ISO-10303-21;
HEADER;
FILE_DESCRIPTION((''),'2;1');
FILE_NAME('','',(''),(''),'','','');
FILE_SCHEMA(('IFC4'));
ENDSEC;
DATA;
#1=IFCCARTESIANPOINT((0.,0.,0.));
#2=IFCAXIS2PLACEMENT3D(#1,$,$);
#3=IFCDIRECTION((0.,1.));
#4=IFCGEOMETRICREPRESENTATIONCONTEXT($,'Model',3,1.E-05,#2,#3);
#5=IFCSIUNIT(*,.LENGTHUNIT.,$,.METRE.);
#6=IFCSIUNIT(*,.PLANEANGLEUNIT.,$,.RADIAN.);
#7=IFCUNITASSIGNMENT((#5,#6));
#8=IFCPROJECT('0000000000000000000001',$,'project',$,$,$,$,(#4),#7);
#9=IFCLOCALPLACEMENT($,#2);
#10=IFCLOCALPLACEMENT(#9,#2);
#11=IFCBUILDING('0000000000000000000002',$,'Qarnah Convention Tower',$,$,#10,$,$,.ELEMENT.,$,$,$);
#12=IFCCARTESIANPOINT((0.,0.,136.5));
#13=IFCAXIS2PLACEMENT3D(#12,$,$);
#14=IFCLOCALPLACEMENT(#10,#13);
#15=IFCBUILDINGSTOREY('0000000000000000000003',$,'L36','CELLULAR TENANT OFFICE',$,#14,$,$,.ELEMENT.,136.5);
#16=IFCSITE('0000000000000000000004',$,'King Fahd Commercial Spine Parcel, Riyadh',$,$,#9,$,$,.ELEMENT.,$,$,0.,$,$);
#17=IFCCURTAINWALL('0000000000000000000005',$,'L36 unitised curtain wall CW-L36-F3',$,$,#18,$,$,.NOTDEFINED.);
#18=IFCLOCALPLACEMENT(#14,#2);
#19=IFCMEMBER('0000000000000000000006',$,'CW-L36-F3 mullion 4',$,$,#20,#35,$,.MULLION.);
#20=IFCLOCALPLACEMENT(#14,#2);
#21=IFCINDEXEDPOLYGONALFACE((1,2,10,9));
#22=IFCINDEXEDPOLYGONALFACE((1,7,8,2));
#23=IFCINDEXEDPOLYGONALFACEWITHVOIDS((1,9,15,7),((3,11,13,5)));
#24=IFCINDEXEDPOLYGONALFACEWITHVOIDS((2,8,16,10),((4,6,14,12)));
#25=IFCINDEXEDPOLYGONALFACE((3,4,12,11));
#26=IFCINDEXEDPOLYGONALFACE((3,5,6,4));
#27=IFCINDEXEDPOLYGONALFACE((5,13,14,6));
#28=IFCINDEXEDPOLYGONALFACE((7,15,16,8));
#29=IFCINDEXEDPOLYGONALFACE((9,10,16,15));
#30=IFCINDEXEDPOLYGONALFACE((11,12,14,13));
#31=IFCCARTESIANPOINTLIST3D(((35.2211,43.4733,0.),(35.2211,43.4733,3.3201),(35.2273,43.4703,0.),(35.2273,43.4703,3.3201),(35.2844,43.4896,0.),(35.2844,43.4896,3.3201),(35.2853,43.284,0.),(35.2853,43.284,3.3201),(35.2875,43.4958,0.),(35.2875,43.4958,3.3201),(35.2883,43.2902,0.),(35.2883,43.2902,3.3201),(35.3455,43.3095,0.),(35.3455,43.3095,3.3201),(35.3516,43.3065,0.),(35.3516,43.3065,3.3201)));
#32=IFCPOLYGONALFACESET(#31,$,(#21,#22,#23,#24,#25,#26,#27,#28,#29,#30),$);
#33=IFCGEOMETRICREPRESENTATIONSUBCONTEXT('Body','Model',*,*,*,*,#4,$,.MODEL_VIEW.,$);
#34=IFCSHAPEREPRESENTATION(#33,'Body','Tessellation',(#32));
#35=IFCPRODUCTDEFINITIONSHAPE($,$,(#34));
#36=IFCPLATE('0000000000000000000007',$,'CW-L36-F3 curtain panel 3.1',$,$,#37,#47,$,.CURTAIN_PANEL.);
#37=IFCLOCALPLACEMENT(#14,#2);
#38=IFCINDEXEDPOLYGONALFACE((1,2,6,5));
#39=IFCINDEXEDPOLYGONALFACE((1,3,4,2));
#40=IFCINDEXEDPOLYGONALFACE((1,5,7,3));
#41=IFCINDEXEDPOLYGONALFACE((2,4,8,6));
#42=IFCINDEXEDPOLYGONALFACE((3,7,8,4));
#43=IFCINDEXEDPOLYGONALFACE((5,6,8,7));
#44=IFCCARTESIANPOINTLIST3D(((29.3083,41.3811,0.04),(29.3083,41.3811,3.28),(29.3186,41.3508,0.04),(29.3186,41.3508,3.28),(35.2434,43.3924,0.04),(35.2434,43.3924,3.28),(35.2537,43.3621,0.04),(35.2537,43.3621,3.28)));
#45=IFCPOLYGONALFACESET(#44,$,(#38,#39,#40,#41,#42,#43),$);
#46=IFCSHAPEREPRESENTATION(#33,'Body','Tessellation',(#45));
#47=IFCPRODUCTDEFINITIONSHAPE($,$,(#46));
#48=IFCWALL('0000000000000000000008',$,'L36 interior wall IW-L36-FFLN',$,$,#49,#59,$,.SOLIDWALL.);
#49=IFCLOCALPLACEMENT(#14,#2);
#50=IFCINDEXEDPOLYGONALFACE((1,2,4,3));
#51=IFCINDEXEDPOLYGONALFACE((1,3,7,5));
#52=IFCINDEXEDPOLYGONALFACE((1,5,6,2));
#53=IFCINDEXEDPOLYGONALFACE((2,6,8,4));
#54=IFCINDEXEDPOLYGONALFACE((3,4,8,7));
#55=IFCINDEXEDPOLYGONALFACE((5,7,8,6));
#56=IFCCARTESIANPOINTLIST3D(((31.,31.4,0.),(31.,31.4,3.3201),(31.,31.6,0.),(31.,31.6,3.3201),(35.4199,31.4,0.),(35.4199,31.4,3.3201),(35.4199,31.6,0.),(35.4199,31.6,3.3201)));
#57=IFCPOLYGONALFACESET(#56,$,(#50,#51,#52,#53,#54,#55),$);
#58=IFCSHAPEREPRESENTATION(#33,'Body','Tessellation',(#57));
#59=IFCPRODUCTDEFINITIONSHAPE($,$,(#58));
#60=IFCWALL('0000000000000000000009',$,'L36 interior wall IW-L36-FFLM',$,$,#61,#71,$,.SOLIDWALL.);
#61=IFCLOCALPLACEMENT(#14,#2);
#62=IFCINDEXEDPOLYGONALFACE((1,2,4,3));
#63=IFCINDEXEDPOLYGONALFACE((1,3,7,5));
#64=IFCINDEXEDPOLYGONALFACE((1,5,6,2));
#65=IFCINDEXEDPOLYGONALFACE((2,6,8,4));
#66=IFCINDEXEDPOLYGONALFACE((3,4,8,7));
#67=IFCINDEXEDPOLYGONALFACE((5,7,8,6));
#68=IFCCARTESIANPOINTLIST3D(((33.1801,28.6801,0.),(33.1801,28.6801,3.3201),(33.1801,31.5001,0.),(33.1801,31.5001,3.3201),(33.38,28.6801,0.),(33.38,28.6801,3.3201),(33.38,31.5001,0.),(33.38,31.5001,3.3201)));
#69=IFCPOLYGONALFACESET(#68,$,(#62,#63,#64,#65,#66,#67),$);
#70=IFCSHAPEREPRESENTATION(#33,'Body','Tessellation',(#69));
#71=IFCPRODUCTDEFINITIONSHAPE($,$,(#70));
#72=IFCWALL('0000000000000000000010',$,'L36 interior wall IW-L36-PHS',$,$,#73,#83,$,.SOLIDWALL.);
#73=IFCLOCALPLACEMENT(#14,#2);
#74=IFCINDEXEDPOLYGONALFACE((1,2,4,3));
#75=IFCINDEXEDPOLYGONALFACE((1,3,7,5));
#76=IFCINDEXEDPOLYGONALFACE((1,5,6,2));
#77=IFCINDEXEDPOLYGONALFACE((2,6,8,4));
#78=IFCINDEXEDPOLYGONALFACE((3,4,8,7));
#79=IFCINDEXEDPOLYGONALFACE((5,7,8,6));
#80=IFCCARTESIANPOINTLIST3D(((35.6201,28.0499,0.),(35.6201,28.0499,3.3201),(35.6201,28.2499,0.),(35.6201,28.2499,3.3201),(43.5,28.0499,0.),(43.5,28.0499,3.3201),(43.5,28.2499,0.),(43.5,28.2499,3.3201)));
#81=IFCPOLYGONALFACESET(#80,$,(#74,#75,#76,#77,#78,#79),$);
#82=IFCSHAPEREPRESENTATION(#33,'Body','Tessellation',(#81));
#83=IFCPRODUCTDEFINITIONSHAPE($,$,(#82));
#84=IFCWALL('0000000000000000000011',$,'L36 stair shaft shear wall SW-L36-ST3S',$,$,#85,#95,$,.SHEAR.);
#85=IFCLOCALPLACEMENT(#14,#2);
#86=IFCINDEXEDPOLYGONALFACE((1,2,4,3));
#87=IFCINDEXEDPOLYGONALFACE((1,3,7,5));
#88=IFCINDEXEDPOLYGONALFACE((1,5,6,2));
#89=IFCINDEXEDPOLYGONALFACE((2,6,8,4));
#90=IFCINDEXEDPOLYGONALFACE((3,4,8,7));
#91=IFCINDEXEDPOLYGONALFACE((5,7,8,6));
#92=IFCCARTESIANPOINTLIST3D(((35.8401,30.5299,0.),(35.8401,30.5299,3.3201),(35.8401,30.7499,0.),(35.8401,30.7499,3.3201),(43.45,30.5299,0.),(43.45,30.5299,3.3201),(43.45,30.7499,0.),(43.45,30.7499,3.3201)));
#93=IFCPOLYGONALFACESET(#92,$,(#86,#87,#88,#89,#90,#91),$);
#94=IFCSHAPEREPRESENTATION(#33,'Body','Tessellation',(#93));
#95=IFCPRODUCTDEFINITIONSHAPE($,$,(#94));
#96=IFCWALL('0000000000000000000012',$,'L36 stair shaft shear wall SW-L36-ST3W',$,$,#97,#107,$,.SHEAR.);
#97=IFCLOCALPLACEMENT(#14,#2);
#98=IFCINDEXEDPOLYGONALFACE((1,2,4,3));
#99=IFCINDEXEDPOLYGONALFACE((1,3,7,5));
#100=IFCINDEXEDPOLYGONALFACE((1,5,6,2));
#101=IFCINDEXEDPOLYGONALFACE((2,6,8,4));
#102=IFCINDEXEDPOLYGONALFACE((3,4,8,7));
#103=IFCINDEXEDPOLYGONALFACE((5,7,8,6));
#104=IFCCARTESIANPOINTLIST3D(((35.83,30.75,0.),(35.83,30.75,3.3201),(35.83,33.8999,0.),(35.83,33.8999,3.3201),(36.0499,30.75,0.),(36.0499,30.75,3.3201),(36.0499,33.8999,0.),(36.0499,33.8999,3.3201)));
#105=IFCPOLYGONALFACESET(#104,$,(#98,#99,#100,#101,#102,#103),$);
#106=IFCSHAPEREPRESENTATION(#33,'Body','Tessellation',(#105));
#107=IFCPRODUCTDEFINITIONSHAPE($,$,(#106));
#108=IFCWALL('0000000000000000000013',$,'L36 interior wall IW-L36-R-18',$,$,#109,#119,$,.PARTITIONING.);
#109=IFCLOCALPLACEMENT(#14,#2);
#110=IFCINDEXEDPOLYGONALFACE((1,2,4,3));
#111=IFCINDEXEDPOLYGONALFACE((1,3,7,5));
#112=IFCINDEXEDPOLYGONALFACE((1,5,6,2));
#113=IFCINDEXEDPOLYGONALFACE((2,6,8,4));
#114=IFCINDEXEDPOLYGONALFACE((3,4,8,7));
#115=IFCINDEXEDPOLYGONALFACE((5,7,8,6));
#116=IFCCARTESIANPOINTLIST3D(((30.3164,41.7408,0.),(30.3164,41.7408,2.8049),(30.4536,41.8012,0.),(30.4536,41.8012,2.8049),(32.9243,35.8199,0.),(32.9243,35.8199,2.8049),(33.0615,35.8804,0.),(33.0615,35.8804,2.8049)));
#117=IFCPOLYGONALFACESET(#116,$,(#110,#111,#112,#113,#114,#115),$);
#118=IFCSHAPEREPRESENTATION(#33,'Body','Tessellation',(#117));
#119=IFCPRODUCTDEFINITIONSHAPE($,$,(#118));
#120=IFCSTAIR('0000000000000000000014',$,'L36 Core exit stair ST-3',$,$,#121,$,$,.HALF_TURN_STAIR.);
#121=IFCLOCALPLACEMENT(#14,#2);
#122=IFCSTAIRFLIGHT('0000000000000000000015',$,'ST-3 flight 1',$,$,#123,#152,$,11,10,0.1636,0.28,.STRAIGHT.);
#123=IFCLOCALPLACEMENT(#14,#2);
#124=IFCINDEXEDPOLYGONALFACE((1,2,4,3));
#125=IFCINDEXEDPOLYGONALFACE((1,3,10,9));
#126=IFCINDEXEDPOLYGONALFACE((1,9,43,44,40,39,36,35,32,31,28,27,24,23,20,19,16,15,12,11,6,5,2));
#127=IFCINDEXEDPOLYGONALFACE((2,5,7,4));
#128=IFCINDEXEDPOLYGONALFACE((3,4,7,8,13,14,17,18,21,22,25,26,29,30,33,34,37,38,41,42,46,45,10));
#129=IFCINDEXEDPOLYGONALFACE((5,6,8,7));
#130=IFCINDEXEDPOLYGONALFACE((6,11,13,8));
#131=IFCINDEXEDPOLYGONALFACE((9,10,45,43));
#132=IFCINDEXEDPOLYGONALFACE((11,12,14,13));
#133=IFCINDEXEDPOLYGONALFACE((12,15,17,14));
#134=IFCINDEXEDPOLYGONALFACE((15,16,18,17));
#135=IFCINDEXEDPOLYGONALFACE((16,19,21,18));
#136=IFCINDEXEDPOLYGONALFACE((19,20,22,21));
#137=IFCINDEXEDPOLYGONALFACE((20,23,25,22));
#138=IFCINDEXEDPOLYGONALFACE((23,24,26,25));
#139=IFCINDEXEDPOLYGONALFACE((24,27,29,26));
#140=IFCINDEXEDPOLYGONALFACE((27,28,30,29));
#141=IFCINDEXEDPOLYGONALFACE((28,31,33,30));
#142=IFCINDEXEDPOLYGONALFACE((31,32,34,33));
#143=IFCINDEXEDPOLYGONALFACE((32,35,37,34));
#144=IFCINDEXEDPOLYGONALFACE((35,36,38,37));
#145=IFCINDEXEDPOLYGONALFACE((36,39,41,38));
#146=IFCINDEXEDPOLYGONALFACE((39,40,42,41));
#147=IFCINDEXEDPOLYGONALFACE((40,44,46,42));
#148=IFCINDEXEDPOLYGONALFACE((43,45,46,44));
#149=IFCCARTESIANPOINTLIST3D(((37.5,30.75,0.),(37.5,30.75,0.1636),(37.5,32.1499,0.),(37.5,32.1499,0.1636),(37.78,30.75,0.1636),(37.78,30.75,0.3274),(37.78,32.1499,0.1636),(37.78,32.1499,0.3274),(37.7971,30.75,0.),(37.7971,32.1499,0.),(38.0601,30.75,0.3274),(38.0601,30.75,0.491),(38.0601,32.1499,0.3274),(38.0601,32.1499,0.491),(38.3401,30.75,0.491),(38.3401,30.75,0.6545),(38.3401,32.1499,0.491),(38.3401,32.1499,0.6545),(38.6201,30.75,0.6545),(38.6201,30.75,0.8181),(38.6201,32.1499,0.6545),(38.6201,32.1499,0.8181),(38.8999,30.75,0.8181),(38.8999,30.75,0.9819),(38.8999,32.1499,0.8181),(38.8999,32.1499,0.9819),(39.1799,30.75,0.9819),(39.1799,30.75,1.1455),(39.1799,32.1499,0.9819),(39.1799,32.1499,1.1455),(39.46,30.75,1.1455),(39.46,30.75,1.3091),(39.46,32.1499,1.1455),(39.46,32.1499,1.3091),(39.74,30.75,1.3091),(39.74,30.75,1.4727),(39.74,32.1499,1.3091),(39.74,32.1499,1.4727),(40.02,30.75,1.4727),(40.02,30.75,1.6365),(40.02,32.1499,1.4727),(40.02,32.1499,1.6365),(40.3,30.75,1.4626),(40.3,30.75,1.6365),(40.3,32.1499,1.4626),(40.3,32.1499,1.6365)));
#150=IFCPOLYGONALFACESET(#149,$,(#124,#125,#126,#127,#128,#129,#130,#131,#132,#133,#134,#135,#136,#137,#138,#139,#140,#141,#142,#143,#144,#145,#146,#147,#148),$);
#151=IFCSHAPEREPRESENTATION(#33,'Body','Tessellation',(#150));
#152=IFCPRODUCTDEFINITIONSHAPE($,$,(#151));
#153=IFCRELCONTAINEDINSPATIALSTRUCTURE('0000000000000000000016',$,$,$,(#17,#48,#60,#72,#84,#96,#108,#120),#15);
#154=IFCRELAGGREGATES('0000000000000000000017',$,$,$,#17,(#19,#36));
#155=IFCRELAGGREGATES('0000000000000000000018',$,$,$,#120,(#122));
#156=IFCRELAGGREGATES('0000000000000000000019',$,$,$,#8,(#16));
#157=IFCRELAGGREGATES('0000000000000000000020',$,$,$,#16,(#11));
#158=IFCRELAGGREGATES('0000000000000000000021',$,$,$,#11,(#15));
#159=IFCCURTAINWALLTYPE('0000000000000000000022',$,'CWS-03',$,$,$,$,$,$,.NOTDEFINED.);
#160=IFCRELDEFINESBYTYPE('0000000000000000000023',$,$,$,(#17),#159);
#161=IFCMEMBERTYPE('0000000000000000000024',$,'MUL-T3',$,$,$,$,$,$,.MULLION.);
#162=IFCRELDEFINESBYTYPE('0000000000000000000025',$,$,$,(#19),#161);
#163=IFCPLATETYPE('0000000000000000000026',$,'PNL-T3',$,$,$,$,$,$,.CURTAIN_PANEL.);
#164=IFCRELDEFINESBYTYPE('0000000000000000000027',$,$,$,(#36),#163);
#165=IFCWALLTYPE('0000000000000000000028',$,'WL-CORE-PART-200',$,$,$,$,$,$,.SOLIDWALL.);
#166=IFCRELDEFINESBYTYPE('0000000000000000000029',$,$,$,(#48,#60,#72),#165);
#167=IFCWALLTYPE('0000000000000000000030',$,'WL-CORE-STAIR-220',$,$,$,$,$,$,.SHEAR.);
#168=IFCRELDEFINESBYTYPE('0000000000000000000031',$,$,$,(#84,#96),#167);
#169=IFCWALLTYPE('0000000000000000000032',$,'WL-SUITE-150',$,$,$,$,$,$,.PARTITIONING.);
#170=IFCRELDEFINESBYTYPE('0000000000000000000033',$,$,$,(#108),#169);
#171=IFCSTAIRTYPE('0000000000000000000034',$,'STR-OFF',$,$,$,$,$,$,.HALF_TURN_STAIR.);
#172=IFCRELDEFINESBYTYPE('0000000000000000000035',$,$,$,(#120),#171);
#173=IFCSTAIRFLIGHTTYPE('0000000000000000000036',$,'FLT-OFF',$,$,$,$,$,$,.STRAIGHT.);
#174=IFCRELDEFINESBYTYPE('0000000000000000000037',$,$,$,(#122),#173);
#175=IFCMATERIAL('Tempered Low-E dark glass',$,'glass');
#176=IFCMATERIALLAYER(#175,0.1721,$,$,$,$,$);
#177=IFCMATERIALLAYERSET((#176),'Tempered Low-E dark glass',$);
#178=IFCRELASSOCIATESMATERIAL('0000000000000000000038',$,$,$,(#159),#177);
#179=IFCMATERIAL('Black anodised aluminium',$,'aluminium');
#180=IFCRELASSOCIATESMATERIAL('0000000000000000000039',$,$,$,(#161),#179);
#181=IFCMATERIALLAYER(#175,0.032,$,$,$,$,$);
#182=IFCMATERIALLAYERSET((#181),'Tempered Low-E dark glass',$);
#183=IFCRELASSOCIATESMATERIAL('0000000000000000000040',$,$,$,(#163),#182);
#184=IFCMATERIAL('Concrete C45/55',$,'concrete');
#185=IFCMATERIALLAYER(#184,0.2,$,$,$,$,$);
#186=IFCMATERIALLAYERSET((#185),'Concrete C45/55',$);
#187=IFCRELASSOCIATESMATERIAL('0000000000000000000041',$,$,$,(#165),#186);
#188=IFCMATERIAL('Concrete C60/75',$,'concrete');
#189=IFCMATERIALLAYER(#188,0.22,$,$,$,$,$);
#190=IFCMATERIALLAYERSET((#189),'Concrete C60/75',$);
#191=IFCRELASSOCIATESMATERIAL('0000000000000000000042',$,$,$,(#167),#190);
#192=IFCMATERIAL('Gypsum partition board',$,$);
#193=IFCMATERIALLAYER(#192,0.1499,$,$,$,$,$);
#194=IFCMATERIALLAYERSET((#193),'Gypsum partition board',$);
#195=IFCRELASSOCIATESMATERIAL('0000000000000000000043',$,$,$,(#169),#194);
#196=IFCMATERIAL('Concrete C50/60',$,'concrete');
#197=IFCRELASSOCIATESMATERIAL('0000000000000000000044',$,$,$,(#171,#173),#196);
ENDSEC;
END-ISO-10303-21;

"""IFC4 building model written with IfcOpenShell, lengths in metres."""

from ifc_helpers import new_model, si_unit, direction, frame, frame_2d, origin, origin_2d, place, context, subcontext, project, spatial, polyline, rectangle, hollow_rectangle, outline, extrude, material, layer, layer_set, material_profile, profile_set, type_object, element, aggregate, save


model = new_model("IFC4")

# Units and contexts
model_context = context("Model", 3, precision=1e-05, world=origin(), true_north=direction((0.0, 1.0)))
body_context = subcontext(model_context, "Body", "Model", "MODEL_VIEW")
ifc_project = project(units=[si_unit("LENGTHUNIT", "METRE"), si_unit("PLANEANGLEUNIT", "RADIAN")], contexts=[model_context])

# Site, building, storey
site_placement = place(None, origin())
site = spatial("IfcSite", under=ifc_project, at=site_placement, Name="King Fahd Commercial Spine Parcel, Riyadh", CompositionType="ELEMENT", RefElevation=0.0)
building_placement = place(site_placement, origin())
building = spatial("IfcBuilding", under=site, at=building_placement, Name="Qarnah Convention Tower", CompositionType="ELEMENT")
storey_placement = place(building_placement, frame((0.0, 0.0, 136.5)))
storey = spatial("IfcBuildingStorey", under=building, at=storey_placement, Name="L36", Description="CELLULAR TENANT OFFICE", CompositionType="ELEMENT", Elevation=136.5)

# Shared definitions
ifc_material_1 = material(Name="Concrete C60/75", Category="concrete")

# Curtain wall, member, plate
ifc_material_2 = material(Name="Tempered Low-E dark glass", Category="glass")
ifc_layer_1 = layer(ifc_material_2, 0.1721)
ifc_layer_set_1 = layer_set([ifc_layer_1], Name="Tempered Low-E dark glass")
curtain_wall_type = type_object("IfcCurtainWallType", Name="CWS-03", PredefinedType="NOTDEFINED", material=ifc_layer_set_1)
curtain_wall_placement = place(storey_placement, origin())
curtain_wall = element("IfcCurtainWall", 1, at=curtain_wall_placement, inside=storey, type_object=curtain_wall_type, Name="L36 unitised curtain wall CW-L36-F3", PredefinedType="NOTDEFINED")
ifc_material_3 = material(Name="Black anodised aluminium", Category="aluminium")
ifc_material_profile_1 = material_profile(ifc_material_3, hollow_rectangle(XDim=0.0701, YDim=0.2, WallThickness=0.0049, at=origin_2d()), Name="MUL-70X200")
ifc_profile_set_1 = profile_set([ifc_material_profile_1], Name="Black anodised aluminium")
member_type = type_object("IfcMemberType", Name="MUL-T3", PredefinedType="MULLION", material=ifc_profile_set_1)
member_1_placement = place(storey_placement, frame((35.2864, 43.3899, 0.0), z_axis=(0.0, 0.0, 1.0), x_axis=(0.947093, 0.32096, 0.0)))
member_1 = element("IfcMember", 2, at=member_1_placement, type_object=member_type, Name="CW-L36-F3 mullion 4", PredefinedType="MULLION", context=body_context, shape_type="SweptSolid", body=[
    extrude(hollow_rectangle(XDim=0.0701, YDim=0.2, WallThickness=0.0049, at=origin_2d()), origin(), (0.0, 0.0, 1.0), 3.3201),
])
ifc_layer_2 = layer(ifc_material_2, 0.032)
ifc_layer_set_2 = layer_set([ifc_layer_2], Name="Tempered Low-E dark glass")
plate_type = type_object("IfcPlateType", Name="PNL-T3", PredefinedType="CURTAIN_PANEL", material=ifc_layer_set_2)
plate_placement = place(storey_placement, frame((32.281, 42.3716, 0.04), z_axis=(0.0, 0.0, 1.0), x_axis=(0.947093, 0.32096, 0.0)))
plate = element("IfcPlate", 3, at=plate_placement, type_object=plate_type, Name="CW-L36-F3 curtain panel 3.1", PredefinedType="CURTAIN_PANEL", context=body_context, shape_type="SweptSolid", body=[
    extrude(rectangle(XDim=6.2666, YDim=0.032, at=origin_2d()), origin(), (0.0, 0.0, 1.0), 3.24),
])
aggregate(curtain_wall, [member_1, plate])

# Shared definitions
ifc_material_4 = material(Name="Concrete C45/55", Category="concrete")
ifc_layer_3 = layer(ifc_material_4, 0.2)
ifc_layer_set_3 = layer_set([ifc_layer_3], Name="Concrete C45/55")
wall_type_1 = type_object("IfcWallType", Name="WL-CORE-PART-200", PredefinedType="SOLIDWALL", material=ifc_layer_set_3)

# Walls
wall_1_placement = place(storey_placement, frame((31.0, 31.5, 0.0), z_axis=(0.0, 0.0, 1.0), x_axis=(1.0, 0.0, 0.0)))
element("IfcWall", 4, at=wall_1_placement, inside=storey, type_object=wall_type_1, Name="L36 interior wall IW-L36-FFLN", PredefinedType="SOLIDWALL", context=body_context, shape_type="SweptSolid", body=[
    extrude(rectangle(XDim=4.4199, YDim=0.2, at=frame_2d((2.21, 0.0))), origin(), (0.0, 0.0, 1.0), 3.3201),
])
wall_2_placement = place(storey_placement, frame((33.28, 28.6799, 0.0), z_axis=(0.0, 0.0, 1.0), x_axis=(0.0, 1.0, 0.0)))
element("IfcWall", 5, at=wall_2_placement, inside=storey, type_object=wall_type_1, Name="L36 interior wall IW-L36-FFLM", PredefinedType="SOLIDWALL", context=body_context, shape_type="SweptSolid", body=[
    extrude(rectangle(XDim=2.8201, YDim=0.2, at=frame_2d((1.4102, 0.0))), origin(), (0.0, 0.0, 1.0), 3.3201),
])
wall_3_placement = place(storey_placement, frame((35.6201, 28.1499, 0.0), z_axis=(0.0, 0.0, 1.0), x_axis=(1.0, 0.0, 0.0)))
element("IfcWall", 6, at=wall_3_placement, inside=storey, type_object=wall_type_1, Name="L36 interior wall IW-L36-PHS", PredefinedType="SOLIDWALL", context=body_context, shape_type="SweptSolid", body=[
    extrude(rectangle(XDim=7.8799, YDim=0.2, at=frame_2d((3.9399, 0.0))), origin(), (0.0, 0.0, 1.0), 3.3201),
])

# Walls
ifc_layer_4 = layer(ifc_material_1, 0.22)
ifc_layer_set_4 = layer_set([ifc_layer_4], Name="Concrete C60/75")
wall_type_2 = type_object("IfcWallType", Name="WL-CORE-STAIR-220", PredefinedType="SHEAR", material=ifc_layer_set_4)
wall_4_placement = place(storey_placement, frame((35.8401, 30.6399, 0.0), z_axis=(0.0, 0.0, 1.0), x_axis=(1.0, 0.0, 0.0)))
element("IfcWall", 7, at=wall_4_placement, inside=storey, type_object=wall_type_2, Name="L36 stair shaft shear wall SW-L36-ST3S", PredefinedType="SHEAR", context=body_context, shape_type="SweptSolid", body=[
    extrude(rectangle(XDim=7.6099, YDim=0.22, at=frame_2d((3.8049, 0.0))), origin(), (0.0, 0.0, 1.0), 3.3201),
])
wall_5_placement = place(storey_placement, frame((35.9399, 30.75, 0.0), z_axis=(0.0, 0.0, 1.0), x_axis=(0.0, 1.0, 0.0)))
element("IfcWall", 8, at=wall_5_placement, inside=storey, type_object=wall_type_2, Name="L36 stair shaft shear wall SW-L36-ST3W", PredefinedType="SHEAR", context=body_context, shape_type="SweptSolid", body=[
    extrude(rectangle(XDim=3.1499, YDim=0.22, at=frame_2d((1.575, 0.0))), origin(), (0.0, 0.0, 1.0), 3.3201),
])
ifc_material_5 = material(Name="Gypsum partition board")
ifc_layer_5 = layer(ifc_material_5, 0.1499)
ifc_layer_set_5 = layer_set([ifc_layer_5], Name="Gypsum partition board")
wall_type_3 = type_object("IfcWallType", Name="WL-SUITE-150", PredefinedType="PARTITIONING", material=ifc_layer_set_5)
wall_6_placement = place(storey_placement, frame((30.385, 41.771, 0.0), z_axis=(0.0, 0.0, 1.0), x_axis=(0.40309, -0.91516, 0.0)))
element("IfcWall", 9, at=wall_6_placement, inside=storey, type_object=wall_type_3, Name="L36 interior wall IW-L36-R-18", PredefinedType="PARTITIONING", context=body_context, shape_type="SweptSolid", body=[
    extrude(rectangle(XDim=6.4697, YDim=0.1499, at=frame_2d((3.2349, 0.0))), origin(), (0.0, 0.0, 1.0), 2.8049),
])

# Stair, stair flight
ifc_material_6 = material(Name="Concrete C50/60", Category="concrete")
stair_type = type_object("IfcStairType", Name="STR-OFF", PredefinedType="HALF_TURN_STAIR", material=ifc_material_6)
stair_placement = place(storey_placement, origin())
stair = element("IfcStair", 10, at=stair_placement, inside=storey, type_object=stair_type, Name="L36 Core exit stair ST-3", PredefinedType="HALF_TURN_STAIR")
stair_flight_type = type_object("IfcStairFlightType", Name="FLT-OFF", PredefinedType="STRAIGHT", material=ifc_material_6)
stair_flight_placement = place(storey_placement, frame((37.5, 31.45, 0.0), z_axis=(0.0, 0.0, 1.0), x_axis=(1.0, 0.0, 0.0)))
stair_flight = element("IfcStairFlight", 11, at=stair_flight_placement, type_object=stair_flight_type, Name="ST-3 flight 1", NumberOfRisers=11, NumberOfTreads=10, PredefinedType="STRAIGHT", RiserHeight=0.1636, TreadLength=0.28, context=body_context, shape_type="SweptSolid", body=[
    extrude(outline(polyline([(0.0, 0.0), (0.0, 0.1636), (0.28, 0.1636), (0.28, 0.3274), (0.5601, 0.3274), (0.5601, 0.491), (0.8401, 0.491), (0.8401, 0.6545), (1.1201, 0.6545), (1.1201, 0.8181), (1.3999, 0.8181), (1.3999, 0.9819), (1.6799, 0.9819), (1.6799, 1.1455), (1.96, 1.1455), (1.96, 1.3091), (2.24, 1.3091), (2.24, 1.4727), (2.52, 1.4727), (2.52, 1.6365), (2.8, 1.6365), (2.8, 1.8), (2.8, 1.4626), (0.2971, 0.0), (0.0, 0.0)])), frame((0.0, 0.7, 0.0), z_axis=(0.0, -1.0, 0.0), x_axis=(1.0, 0.0, 0.0)), (0.0, 0.0, 1.0), 1.3999),
])
aggregate(stair, [stair_flight])

save(model, "model.ifc")
